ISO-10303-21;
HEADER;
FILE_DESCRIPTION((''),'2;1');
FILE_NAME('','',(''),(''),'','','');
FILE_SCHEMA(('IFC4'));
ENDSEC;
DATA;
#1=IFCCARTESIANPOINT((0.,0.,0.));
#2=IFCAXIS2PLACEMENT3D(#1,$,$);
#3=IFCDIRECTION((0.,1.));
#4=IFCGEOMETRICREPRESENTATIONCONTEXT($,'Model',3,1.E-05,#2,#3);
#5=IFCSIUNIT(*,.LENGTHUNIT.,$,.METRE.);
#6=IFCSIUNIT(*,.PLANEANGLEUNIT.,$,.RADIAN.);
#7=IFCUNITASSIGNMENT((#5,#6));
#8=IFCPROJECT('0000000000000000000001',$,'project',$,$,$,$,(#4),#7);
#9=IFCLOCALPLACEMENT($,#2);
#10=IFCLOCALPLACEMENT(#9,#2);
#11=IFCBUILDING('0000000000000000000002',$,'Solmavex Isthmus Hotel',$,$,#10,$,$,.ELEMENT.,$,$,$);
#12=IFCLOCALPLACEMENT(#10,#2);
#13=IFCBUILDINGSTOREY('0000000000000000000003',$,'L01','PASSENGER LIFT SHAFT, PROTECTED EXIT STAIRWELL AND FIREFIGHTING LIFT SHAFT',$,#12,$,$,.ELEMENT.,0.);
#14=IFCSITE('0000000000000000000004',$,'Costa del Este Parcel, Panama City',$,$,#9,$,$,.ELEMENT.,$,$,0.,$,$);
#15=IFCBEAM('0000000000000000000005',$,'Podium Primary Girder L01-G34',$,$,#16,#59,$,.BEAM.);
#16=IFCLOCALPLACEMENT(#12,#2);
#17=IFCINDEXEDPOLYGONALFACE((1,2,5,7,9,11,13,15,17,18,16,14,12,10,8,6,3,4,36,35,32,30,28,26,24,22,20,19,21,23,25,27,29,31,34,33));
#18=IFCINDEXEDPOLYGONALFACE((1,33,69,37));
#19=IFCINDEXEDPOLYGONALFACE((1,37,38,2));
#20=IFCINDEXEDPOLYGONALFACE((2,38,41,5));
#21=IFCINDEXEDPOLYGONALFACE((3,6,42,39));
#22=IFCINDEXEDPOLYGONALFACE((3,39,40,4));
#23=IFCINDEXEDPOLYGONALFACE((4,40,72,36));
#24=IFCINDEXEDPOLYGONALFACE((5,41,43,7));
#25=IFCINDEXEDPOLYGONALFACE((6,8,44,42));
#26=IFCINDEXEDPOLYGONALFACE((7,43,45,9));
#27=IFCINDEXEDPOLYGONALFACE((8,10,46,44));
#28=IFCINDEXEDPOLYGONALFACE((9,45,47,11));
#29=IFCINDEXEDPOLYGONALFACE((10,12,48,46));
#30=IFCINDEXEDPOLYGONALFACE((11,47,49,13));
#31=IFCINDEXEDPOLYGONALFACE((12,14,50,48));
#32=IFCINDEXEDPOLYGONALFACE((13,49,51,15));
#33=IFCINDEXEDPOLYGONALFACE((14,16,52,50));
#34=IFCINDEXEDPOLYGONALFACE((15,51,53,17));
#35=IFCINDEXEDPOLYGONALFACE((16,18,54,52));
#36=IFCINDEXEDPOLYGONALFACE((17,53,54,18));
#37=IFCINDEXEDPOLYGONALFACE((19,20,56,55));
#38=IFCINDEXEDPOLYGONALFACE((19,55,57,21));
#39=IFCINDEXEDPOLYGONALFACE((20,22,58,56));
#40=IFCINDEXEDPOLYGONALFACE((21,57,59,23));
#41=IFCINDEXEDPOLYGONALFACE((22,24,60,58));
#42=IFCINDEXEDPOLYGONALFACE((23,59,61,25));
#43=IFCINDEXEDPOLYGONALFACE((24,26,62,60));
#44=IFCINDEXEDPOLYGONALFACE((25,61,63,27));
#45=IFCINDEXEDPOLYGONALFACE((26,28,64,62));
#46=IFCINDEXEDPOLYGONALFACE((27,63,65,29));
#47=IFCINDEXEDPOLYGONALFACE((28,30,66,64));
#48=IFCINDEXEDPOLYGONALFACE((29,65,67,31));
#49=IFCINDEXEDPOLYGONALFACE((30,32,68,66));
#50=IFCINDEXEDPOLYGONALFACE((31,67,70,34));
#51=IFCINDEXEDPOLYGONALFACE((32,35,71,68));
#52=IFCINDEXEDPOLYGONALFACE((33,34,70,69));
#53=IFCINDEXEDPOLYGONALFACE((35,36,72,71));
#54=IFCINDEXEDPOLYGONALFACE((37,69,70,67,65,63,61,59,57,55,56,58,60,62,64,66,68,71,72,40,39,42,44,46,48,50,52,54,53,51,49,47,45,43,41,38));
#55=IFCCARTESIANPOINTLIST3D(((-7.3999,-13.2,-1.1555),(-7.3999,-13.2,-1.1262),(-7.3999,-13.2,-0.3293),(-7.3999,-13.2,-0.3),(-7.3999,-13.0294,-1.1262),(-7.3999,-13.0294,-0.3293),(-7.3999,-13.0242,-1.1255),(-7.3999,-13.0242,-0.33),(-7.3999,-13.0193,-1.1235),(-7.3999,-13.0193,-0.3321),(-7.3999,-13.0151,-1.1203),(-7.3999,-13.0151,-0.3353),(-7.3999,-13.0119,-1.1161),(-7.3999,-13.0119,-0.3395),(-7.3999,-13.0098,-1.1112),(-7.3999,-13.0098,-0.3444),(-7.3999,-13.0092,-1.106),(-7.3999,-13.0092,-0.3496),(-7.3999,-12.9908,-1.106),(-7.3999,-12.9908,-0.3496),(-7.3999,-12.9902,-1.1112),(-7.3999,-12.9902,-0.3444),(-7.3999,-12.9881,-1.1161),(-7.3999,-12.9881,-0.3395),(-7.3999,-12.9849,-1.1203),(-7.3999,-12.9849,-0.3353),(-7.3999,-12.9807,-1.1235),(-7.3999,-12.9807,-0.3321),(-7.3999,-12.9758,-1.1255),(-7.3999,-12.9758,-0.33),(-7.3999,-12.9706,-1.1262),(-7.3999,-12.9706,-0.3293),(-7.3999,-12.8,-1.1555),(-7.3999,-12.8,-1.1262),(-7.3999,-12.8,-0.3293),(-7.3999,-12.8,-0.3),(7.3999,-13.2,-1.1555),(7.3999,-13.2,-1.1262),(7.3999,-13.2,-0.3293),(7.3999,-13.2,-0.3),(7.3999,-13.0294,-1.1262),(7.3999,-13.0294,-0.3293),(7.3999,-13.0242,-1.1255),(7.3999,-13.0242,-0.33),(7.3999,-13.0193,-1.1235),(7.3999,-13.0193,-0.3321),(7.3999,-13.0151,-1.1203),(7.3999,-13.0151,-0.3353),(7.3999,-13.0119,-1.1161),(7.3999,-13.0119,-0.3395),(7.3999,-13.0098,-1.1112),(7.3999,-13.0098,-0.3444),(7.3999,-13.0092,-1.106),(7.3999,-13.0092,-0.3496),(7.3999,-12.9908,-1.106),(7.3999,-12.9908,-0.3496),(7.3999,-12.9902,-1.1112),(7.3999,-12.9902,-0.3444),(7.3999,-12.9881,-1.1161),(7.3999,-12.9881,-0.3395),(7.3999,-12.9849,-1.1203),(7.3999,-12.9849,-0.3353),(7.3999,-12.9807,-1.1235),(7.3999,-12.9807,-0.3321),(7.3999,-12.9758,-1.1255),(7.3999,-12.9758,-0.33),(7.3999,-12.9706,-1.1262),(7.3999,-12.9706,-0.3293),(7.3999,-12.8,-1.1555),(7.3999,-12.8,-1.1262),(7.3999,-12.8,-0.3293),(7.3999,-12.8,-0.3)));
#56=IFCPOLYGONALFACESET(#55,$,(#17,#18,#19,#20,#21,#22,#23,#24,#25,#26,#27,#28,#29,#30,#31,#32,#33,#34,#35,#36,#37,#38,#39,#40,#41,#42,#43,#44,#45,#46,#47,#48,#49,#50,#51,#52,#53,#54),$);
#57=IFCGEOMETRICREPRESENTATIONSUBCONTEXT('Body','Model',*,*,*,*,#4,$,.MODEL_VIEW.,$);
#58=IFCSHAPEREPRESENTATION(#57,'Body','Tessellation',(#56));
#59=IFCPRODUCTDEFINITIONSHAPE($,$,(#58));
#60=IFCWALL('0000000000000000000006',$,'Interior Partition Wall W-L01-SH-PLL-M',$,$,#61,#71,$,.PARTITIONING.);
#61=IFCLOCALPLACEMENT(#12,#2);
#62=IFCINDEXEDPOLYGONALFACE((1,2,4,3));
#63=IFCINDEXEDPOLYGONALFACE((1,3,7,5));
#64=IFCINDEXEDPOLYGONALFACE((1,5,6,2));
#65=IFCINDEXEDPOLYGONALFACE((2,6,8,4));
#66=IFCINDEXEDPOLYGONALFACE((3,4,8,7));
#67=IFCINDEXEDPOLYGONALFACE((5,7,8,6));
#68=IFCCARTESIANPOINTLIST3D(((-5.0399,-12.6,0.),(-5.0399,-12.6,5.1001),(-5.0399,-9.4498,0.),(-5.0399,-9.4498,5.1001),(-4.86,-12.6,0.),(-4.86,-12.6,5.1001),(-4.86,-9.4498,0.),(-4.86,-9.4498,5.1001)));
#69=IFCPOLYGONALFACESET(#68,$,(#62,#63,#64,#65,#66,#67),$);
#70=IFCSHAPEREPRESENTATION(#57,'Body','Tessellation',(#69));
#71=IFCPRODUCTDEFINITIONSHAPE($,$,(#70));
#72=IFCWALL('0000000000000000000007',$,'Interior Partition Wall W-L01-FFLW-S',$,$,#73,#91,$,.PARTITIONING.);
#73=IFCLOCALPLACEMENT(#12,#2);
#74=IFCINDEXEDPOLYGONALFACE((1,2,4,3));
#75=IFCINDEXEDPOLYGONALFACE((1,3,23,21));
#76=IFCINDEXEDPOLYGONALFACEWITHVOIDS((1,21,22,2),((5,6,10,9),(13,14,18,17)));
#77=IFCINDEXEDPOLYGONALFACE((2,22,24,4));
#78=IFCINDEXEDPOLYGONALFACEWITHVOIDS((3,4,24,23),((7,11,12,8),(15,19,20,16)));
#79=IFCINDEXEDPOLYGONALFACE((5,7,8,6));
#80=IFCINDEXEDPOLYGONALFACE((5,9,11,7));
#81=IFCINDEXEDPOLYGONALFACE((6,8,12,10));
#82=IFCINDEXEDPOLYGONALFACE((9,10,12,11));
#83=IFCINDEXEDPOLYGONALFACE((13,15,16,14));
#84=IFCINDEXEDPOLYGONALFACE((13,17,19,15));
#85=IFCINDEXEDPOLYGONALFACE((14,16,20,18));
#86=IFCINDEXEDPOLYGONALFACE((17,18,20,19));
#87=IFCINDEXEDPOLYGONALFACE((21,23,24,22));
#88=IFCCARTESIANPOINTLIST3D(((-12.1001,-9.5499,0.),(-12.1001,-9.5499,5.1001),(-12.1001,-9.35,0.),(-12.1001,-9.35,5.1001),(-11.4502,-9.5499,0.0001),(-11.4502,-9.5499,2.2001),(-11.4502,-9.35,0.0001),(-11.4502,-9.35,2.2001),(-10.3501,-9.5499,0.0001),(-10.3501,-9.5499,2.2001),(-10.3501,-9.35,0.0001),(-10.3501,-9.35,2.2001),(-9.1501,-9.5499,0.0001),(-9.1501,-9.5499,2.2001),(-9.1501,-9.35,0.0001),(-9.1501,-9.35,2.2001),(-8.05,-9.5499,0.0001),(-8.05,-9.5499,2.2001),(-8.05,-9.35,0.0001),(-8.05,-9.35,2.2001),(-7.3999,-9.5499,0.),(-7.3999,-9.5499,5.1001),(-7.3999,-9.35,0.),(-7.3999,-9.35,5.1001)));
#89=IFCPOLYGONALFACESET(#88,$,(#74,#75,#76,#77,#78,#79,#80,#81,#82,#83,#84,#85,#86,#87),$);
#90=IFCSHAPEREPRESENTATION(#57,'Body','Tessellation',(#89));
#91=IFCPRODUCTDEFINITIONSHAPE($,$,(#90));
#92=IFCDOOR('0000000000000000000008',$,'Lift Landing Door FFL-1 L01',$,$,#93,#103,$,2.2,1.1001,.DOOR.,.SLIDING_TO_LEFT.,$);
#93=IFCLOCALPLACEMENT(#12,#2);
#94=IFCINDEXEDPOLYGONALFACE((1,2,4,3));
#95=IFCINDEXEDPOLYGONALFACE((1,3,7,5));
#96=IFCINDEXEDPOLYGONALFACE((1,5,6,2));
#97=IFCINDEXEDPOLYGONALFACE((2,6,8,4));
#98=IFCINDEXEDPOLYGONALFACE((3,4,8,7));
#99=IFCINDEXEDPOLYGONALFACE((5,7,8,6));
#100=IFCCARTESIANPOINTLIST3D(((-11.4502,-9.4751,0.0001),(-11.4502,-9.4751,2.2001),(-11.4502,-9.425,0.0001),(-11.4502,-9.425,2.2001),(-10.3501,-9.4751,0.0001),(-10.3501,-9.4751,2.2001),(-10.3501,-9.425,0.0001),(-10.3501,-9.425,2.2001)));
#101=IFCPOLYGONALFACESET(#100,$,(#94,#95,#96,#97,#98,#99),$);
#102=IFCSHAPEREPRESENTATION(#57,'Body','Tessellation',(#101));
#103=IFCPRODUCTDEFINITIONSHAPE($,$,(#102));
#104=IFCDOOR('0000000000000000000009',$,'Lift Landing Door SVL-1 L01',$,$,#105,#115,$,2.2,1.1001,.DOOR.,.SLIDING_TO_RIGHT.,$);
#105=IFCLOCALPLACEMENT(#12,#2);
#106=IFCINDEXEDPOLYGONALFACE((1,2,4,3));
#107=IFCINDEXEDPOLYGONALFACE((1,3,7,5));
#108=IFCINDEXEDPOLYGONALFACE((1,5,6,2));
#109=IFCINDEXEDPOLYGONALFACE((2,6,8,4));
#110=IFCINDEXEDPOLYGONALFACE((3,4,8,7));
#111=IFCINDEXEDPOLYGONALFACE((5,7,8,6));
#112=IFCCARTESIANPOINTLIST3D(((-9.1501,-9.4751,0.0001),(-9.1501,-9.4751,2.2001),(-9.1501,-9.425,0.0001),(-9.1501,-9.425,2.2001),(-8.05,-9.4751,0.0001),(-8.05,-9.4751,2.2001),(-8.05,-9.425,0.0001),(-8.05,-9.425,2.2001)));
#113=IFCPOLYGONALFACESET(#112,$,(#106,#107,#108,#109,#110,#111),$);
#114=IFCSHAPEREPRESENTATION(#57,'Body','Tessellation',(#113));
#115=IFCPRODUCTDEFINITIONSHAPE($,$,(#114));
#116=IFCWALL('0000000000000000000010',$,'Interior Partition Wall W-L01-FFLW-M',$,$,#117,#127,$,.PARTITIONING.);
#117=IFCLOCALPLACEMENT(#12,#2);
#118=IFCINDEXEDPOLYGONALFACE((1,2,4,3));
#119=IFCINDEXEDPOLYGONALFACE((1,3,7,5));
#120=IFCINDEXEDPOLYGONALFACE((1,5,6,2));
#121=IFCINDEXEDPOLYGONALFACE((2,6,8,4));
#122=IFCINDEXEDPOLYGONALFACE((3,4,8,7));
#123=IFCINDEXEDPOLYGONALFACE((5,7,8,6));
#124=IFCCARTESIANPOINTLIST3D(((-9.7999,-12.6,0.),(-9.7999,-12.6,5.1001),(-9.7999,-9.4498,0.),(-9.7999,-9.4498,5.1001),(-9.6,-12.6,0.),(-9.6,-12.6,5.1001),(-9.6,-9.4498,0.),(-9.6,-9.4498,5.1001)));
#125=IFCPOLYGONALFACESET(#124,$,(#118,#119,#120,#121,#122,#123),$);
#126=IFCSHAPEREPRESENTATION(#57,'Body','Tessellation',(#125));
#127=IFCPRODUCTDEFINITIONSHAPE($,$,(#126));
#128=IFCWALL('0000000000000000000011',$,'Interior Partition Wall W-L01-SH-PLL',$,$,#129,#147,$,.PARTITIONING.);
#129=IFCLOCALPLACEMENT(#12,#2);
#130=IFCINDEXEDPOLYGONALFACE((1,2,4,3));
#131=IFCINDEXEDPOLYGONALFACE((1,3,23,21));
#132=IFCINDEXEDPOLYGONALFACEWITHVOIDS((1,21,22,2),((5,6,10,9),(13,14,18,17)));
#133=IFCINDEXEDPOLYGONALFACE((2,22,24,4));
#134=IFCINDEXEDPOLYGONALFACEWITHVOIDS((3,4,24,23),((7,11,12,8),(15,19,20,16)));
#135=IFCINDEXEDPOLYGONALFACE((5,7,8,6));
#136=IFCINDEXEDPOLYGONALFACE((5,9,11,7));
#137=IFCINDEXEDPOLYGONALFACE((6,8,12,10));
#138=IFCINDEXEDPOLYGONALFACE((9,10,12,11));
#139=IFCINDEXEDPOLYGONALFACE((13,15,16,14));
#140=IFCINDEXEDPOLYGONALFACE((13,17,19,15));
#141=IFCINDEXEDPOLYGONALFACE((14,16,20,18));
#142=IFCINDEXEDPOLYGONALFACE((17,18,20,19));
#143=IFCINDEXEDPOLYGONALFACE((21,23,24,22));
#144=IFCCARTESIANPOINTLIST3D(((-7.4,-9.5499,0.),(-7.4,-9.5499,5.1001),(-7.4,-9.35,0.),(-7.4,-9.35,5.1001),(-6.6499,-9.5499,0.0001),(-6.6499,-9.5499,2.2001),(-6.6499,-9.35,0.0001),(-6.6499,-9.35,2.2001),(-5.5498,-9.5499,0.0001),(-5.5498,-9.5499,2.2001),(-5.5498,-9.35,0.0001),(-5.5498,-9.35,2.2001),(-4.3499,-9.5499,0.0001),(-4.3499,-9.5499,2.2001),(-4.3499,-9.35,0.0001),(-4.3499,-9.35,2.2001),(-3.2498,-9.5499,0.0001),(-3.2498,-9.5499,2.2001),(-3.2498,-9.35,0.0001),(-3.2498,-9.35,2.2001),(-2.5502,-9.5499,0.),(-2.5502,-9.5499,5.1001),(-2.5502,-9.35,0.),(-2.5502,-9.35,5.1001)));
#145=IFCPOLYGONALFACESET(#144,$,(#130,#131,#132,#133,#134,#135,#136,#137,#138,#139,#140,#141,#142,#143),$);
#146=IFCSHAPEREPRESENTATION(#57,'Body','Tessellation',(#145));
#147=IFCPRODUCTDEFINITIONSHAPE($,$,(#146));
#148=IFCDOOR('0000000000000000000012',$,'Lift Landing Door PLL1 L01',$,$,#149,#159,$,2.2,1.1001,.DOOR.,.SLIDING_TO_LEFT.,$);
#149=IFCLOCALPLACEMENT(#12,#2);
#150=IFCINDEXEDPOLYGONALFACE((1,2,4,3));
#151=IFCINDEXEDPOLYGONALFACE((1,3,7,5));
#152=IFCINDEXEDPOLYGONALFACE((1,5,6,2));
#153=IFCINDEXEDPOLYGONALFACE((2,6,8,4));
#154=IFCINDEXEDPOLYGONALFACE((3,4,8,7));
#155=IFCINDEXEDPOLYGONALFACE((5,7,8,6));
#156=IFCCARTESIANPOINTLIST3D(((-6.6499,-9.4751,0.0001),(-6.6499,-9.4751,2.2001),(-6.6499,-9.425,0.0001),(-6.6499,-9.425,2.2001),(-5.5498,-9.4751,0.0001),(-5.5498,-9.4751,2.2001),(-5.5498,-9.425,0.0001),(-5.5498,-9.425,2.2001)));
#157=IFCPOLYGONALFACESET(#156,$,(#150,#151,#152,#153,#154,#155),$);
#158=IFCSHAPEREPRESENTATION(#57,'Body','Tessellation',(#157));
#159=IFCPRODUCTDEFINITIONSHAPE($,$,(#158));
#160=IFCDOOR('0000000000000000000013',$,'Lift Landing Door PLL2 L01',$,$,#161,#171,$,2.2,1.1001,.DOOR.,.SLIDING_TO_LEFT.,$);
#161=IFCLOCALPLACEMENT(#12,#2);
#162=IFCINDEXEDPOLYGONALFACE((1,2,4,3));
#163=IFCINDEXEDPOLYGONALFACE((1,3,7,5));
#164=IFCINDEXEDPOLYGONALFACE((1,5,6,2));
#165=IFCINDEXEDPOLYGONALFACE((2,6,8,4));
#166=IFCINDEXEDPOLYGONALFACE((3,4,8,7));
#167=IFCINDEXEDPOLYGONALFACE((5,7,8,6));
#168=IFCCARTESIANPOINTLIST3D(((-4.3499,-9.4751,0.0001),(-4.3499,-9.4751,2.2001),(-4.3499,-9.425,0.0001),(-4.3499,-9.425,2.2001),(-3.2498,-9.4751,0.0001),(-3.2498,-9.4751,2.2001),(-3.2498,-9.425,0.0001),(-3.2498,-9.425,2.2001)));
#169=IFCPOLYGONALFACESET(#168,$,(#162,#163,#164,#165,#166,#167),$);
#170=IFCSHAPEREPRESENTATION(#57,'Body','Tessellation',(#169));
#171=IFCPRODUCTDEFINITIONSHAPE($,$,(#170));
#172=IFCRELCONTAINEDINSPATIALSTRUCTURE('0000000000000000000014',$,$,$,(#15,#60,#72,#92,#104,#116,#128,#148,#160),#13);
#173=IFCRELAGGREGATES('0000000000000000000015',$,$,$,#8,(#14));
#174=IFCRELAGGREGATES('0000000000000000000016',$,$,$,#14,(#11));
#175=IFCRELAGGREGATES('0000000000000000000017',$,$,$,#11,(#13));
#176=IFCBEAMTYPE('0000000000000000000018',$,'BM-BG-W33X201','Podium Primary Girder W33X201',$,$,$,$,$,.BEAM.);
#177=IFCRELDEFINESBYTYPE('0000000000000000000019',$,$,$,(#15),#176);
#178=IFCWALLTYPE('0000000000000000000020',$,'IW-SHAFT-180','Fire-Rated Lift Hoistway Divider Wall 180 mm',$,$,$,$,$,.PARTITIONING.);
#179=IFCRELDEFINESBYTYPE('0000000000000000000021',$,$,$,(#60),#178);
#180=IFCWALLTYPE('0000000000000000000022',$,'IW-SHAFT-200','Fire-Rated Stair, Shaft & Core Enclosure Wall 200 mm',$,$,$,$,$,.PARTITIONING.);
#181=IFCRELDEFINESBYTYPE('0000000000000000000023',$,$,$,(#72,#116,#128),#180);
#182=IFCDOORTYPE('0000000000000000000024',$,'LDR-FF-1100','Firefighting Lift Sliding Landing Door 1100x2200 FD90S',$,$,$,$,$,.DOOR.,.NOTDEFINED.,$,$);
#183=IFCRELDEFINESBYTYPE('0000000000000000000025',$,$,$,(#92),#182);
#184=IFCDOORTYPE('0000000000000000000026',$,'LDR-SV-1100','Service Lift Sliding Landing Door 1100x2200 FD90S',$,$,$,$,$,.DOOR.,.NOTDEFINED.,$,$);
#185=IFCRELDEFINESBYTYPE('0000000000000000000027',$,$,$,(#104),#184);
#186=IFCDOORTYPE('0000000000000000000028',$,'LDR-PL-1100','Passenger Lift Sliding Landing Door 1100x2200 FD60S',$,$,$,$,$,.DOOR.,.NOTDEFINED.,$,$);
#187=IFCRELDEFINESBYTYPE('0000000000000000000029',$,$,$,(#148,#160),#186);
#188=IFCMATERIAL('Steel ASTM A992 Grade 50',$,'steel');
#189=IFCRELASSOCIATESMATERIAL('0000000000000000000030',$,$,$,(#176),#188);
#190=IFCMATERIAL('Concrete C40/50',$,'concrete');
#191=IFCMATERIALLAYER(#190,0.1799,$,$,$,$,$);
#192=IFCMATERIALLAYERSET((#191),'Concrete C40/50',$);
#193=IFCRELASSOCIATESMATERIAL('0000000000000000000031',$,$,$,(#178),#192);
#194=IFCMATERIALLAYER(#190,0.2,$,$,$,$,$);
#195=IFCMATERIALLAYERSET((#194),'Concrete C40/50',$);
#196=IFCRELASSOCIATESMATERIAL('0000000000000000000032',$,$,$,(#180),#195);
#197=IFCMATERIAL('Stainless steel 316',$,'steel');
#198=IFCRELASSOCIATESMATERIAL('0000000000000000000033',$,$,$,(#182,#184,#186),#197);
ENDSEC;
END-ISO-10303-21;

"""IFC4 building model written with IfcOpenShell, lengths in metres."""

from ifc_helpers import new_model, si_unit, direction, frame, frame_2d, origin, origin_2d, place, context, subcontext, project, spatial, rectangle, i_section, extrude, material, layer, layer_set, material_profile, profile_set, type_object, element, fill, save


model = new_model("IFC4")

# Units and contexts
model_context = context("Model", 3, precision=1e-05, world=origin(), true_north=direction((0.0, 1.0)))
body_context = subcontext(model_context, "Body", "Model", "MODEL_VIEW")
ifc_project = project(units=[si_unit("LENGTHUNIT", "METRE"), si_unit("PLANEANGLEUNIT", "RADIAN")], contexts=[model_context])

# Site, building, storey
site_placement = place(None, origin())
site = spatial("IfcSite", under=ifc_project, at=site_placement, Name="Costa del Este Parcel, Panama City", CompositionType="ELEMENT", RefElevation=0.0)
building_placement = place(site_placement, origin())
building = spatial("IfcBuilding", under=site, at=building_placement, Name="Solmavex Isthmus Hotel", CompositionType="ELEMENT")
storey_placement = place(building_placement, origin())
storey = spatial("IfcBuildingStorey", under=building, at=storey_placement, Name="L01", Description="PASSENGER LIFT SHAFT, PROTECTED EXIT STAIRWELL AND FIREFIGHTING LIFT SHAFT", CompositionType="ELEMENT", Elevation=0.0)

# Beam
ifc_material_1 = material(Name="Steel ASTM A992 Grade 50", Category="steel")
ifc_material_profile = material_profile(ifc_material_1, i_section(OverallWidth=0.3999, OverallDepth=0.8555, WebThickness=0.0183, FlangeThickness=0.0293, FilletRadius=0.0203, at=origin_2d()), Name="W33X201")
ifc_profile_set = profile_set([ifc_material_profile], Name="Steel ASTM A992 Grade 50")
beam_type = type_object("IfcBeamType", Name="BM-BG-W33X201", Description="Podium Primary Girder W33X201", PredefinedType="BEAM", material=ifc_profile_set)
beam_placement = place(storey_placement, frame((-7.3999, -13.0, -0.7278), z_axis=(1.0, 0.0, 0.0), x_axis=(0.0, 1.0, 0.0)))
element("IfcBeam", 1, at=beam_placement, inside=storey, type_object=beam_type, Name="Podium Primary Girder L01-G34", PredefinedType="BEAM", context=body_context, shape_type="SweptSolid", body=[
    extrude(i_section(OverallWidth=0.3999, OverallDepth=0.8555, WebThickness=0.0183, FlangeThickness=0.0293, FilletRadius=0.0203, at=origin_2d()), origin(), (0.0, 0.0, 1.0), 14.7998),
])

# Wall
ifc_material_2 = material(Name="Concrete C40/50", Category="concrete")
ifc_layer_1 = layer(ifc_material_2, 0.1799)
ifc_layer_set_1 = layer_set([ifc_layer_1], Name="Concrete C40/50")
wall_type_1 = type_object("IfcWallType", Name="IW-SHAFT-180", Description="Fire-Rated Lift Hoistway Divider Wall 180 mm", PredefinedType="PARTITIONING", material=ifc_layer_set_1)
wall_1_placement = place(storey_placement, frame((-4.95, -12.6001, 0.0), z_axis=(0.0, 0.0, 1.0), x_axis=(0.0, 1.0, 0.0)))
element("IfcWall", 2, at=wall_1_placement, inside=storey, type_object=wall_type_1, Name="Interior Partition Wall W-L01-SH-PLL-M", PredefinedType="PARTITIONING", context=body_context, shape_type="SweptSolid", body=[
    extrude(rectangle(XDim=3.1501, YDim=0.1799, at=frame_2d((1.5752, 0.0))), origin(), (0.0, 0.0, 1.0), 5.1001),
])

# Wall, openings, doors
ifc_layer_2 = layer(ifc_material_2, 0.2)
ifc_layer_set_2 = layer_set([ifc_layer_2], Name="Concrete C40/50")
wall_type_2 = type_object("IfcWallType", Name="IW-SHAFT-200", Description="Fire-Rated Stair, Shaft & Core Enclosure Wall 200 mm", PredefinedType="PARTITIONING", material=ifc_layer_set_2)
wall_2_placement = place(storey_placement, frame((-12.1001, -9.45, 0.0), z_axis=(0.0, 0.0, 1.0), x_axis=(1.0, 0.0, 0.0)))
wall_2 = element("IfcWall", 3, at=wall_2_placement, inside=storey, type_object=wall_type_2, Name="Interior Partition Wall W-L01-FFLW-S", PredefinedType="PARTITIONING", context=body_context, shape_type="SweptSolid", body=[
    extrude(rectangle(XDim=4.7002, YDim=0.2, at=frame_2d((2.3501, 0.0))), origin(), (0.0, 0.0, 1.0), 5.1001),
])
opening_1_placement = place(wall_2_placement, frame((0.6499, 0.0, 0.0)))
opening_1 = element("IfcOpeningElement", 4, at=opening_1_placement, cuts=wall_2, PredefinedType="OPENING", context=body_context, shape_type="SweptSolid", body=[
    extrude(rectangle(XDim=1.1001, YDim=2.2, at=frame_2d((0.55, 1.1001))), frame((0.0, 0.1099, 0.0), z_axis=(0.0, -1.0, 0.0), x_axis=(1.0, 0.0, 0.0)), (0.0, 0.0, 1.0), 0.22),
])
opening_2_placement = place(wall_2_placement, frame((2.95, 0.0, 0.0)))
opening_2 = element("IfcOpeningElement", 5, at=opening_2_placement, cuts=wall_2, PredefinedType="OPENING", context=body_context, shape_type="SweptSolid", body=[
    extrude(rectangle(XDim=1.1001, YDim=2.2, at=frame_2d((0.55, 1.1001))), frame((0.0, 0.1099, 0.0), z_axis=(0.0, -1.0, 0.0), x_axis=(1.0, 0.0, 0.0)), (0.0, 0.0, 1.0), 0.22),
])
ifc_material_3 = material(Name="Stainless steel 316", Category="steel")
door_type_1 = type_object("IfcDoorType", Name="LDR-FF-1100", Description="Firefighting Lift Sliding Landing Door 1100x2200 FD90S", OperationType="NOTDEFINED", PredefinedType="DOOR", material=ifc_material_3)
door_1_placement = place(opening_1_placement, origin())
door_1 = element("IfcDoor", 6, at=door_1_placement, inside=storey, type_object=door_type_1, Name="Lift Landing Door FFL-1 L01", OperationType="SLIDING_TO_LEFT", OverallHeight=2.2, OverallWidth=1.1001, PredefinedType="DOOR", context=body_context, shape_type="SweptSolid", body=[
    extrude(rectangle(XDim=1.1001, YDim=2.2, at=frame_2d((0.55, 1.1001))), frame((0.0, 0.0249, 0.0), z_axis=(0.0, -1.0, 0.0), x_axis=(1.0, 0.0, 0.0)), (0.0, 0.0, 1.0), 0.05),
])
fill(opening_1, door_1)
door_type_2 = type_object("IfcDoorType", Name="LDR-SV-1100", Description="Service Lift Sliding Landing Door 1100x2200 FD90S", OperationType="NOTDEFINED", PredefinedType="DOOR", material=ifc_material_3)
door_2_placement = place(opening_2_placement, origin())
door_2 = element("IfcDoor", 7, at=door_2_placement, inside=storey, type_object=door_type_2, Name="Lift Landing Door SVL-1 L01", OperationType="SLIDING_TO_RIGHT", OverallHeight=2.2, OverallWidth=1.1001, PredefinedType="DOOR", context=body_context, shape_type="SweptSolid", body=[
    extrude(rectangle(XDim=1.1001, YDim=2.2, at=frame_2d((0.55, 1.1001))), frame((0.0, 0.0249, 0.0), z_axis=(0.0, -1.0, 0.0), x_axis=(1.0, 0.0, 0.0)), (0.0, 0.0, 1.0), 0.05),
])
fill(opening_2, door_2)

# Wall
wall_3_placement = place(storey_placement, frame((-9.7, -12.6001, 0.0), z_axis=(0.0, 0.0, 1.0), x_axis=(0.0, 1.0, 0.0)))
element("IfcWall", 8, at=wall_3_placement, inside=storey, type_object=wall_type_2, Name="Interior Partition Wall W-L01-FFLW-M", PredefinedType="PARTITIONING", context=body_context, shape_type="SweptSolid", body=[
    extrude(rectangle(XDim=3.1501, YDim=0.2, at=frame_2d((1.5752, 0.0))), origin(), (0.0, 0.0, 1.0), 5.1001),
])

# Wall, openings, doors
wall_4_placement = place(storey_placement, frame((-7.3999, -9.45, 0.0), z_axis=(0.0, 0.0, 1.0), x_axis=(1.0, 0.0, 0.0)))
wall_4 = element("IfcWall", 9, at=wall_4_placement, inside=storey, type_object=wall_type_2, Name="Interior Partition Wall W-L01-SH-PLL", PredefinedType="PARTITIONING", context=body_context, shape_type="SweptSolid", body=[
    extrude(rectangle(XDim=4.8499, YDim=0.2, at=frame_2d((2.4248, 0.0))), origin(), (0.0, 0.0, 1.0), 5.1001),
])
opening_3_placement = place(wall_4_placement, frame((0.75, 0.0, 0.0)))
opening_3 = element("IfcOpeningElement", 10, at=opening_3_placement, cuts=wall_4, PredefinedType="OPENING", context=body_context, shape_type="SweptSolid", body=[
    extrude(rectangle(XDim=1.1001, YDim=2.2, at=frame_2d((0.55, 1.1001))), frame((0.0, 0.1099, 0.0), z_axis=(0.0, -1.0, 0.0), x_axis=(1.0, 0.0, 0.0)), (0.0, 0.0, 1.0), 0.22),
])
opening_4_placement = place(wall_4_placement, frame((3.05, 0.0, 0.0)))
opening_4 = element("IfcOpeningElement", 11, at=opening_4_placement, cuts=wall_4, PredefinedType="OPENING", context=body_context, shape_type="SweptSolid", body=[
    extrude(rectangle(XDim=1.1001, YDim=2.2, at=frame_2d((0.55, 1.1001))), frame((0.0, 0.1099, 0.0), z_axis=(0.0, -1.0, 0.0), x_axis=(1.0, 0.0, 0.0)), (0.0, 0.0, 1.0), 0.22),
])
door_type_3 = type_object("IfcDoorType", Name="LDR-PL-1100", Description="Passenger Lift Sliding Landing Door 1100x2200 FD60S", OperationType="NOTDEFINED", PredefinedType="DOOR", material=ifc_material_3)
door_3_placement = place(opening_3_placement, origin())
door_3 = element("IfcDoor", 12, at=door_3_placement, inside=storey, type_object=door_type_3, Name="Lift Landing Door PLL1 L01", OperationType="SLIDING_TO_LEFT", OverallHeight=2.2, OverallWidth=1.1001, PredefinedType="DOOR", context=body_context, shape_type="SweptSolid", body=[
    extrude(rectangle(XDim=1.1001, YDim=2.2, at=frame_2d((0.55, 1.1001))), frame((0.0, 0.0249, 0.0), z_axis=(0.0, -1.0, 0.0), x_axis=(1.0, 0.0, 0.0)), (0.0, 0.0, 1.0), 0.05),
])
fill(opening_3, door_3)
door_4_placement = place(opening_4_placement, origin())
door_4 = element("IfcDoor", 13, at=door_4_placement, inside=storey, type_object=door_type_3, Name="Lift Landing Door PLL2 L01", OperationType="SLIDING_TO_LEFT", OverallHeight=2.2, OverallWidth=1.1001, PredefinedType="DOOR", context=body_context, shape_type="SweptSolid", body=[
    extrude(rectangle(XDim=1.1001, YDim=2.2, at=frame_2d((0.55, 1.1001))), frame((0.0, 0.0249, 0.0), z_axis=(0.0, -1.0, 0.0), x_axis=(1.0, 0.0, 0.0)), (0.0, 0.0, 1.0), 0.05),
])
fill(opening_4, door_4)

save(model, "model.ifc")
